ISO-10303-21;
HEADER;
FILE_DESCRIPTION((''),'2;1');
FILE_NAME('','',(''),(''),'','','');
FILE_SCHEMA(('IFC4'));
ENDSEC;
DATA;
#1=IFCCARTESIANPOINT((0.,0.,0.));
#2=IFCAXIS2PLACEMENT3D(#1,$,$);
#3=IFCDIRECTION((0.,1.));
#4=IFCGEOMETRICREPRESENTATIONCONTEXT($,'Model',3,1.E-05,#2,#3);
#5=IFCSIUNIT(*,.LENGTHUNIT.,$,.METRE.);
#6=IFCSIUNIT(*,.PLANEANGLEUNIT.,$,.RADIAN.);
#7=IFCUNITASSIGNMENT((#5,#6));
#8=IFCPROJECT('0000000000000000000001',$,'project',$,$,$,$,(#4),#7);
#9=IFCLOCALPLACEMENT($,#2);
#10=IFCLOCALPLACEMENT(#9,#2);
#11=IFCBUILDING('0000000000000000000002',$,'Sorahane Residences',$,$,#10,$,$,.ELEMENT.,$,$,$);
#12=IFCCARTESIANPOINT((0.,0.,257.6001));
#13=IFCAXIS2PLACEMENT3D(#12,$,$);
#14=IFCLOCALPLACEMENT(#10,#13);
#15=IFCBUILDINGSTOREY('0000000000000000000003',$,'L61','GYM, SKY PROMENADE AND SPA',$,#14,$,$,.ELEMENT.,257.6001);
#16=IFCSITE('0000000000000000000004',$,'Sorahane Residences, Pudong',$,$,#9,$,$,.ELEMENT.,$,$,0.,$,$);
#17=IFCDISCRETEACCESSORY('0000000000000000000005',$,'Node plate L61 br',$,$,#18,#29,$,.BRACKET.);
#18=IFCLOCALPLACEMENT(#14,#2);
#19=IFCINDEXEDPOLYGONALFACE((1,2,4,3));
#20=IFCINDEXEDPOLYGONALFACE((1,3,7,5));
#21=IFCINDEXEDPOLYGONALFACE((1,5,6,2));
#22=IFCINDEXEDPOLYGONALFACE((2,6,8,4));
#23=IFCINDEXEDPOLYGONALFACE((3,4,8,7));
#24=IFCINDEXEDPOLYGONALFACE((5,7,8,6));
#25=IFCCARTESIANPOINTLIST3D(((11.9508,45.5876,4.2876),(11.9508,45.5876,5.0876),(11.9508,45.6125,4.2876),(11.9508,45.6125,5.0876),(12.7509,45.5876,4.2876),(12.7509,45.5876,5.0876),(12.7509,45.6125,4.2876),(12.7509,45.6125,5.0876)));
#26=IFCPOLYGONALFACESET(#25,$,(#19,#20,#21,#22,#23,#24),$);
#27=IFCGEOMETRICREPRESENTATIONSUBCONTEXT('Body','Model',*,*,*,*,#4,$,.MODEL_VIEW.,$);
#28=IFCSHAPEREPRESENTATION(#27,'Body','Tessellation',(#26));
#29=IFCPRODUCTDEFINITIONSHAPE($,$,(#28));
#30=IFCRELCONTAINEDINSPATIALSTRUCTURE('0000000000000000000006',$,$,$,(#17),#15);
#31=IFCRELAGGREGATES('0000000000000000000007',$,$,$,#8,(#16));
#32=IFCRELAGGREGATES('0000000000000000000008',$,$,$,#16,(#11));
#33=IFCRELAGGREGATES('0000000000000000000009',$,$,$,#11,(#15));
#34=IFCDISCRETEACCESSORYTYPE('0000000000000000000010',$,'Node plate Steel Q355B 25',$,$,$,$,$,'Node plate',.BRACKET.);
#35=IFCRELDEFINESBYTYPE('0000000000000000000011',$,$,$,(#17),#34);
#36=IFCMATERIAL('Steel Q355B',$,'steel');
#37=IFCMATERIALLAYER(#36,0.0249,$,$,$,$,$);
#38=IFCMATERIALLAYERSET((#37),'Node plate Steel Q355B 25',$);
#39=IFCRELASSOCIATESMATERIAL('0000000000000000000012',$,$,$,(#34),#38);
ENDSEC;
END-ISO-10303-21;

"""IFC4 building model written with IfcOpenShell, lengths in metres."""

from ifc_helpers import new_model, si_unit, direction, frame, origin, origin_2d, place, context, subcontext, project, spatial, rectangle, extrude, material, layer, layer_set, type_object, element, save


model = new_model("IFC4")

# Units and contexts
model_context = context("Model", 3, precision=1e-05, world=origin(), true_north=direction((0.0, 1.0)))
body_context = subcontext(model_context, "Body", "Model", "MODEL_VIEW")
ifc_project = project(units=[si_unit("LENGTHUNIT", "METRE"), si_unit("PLANEANGLEUNIT", "RADIAN")], contexts=[model_context])

# Site, building, storey
site_placement = place(None, origin())
site = spatial("IfcSite", under=ifc_project, at=site_placement, Name="Sorahane Residences, Pudong", CompositionType="ELEMENT", RefElevation=0.0)
building_placement = place(site_placement, origin())
building = spatial("IfcBuilding", under=site, at=building_placement, Name="Sorahane Residences", CompositionType="ELEMENT")
storey_placement = place(building_placement, frame((0.0, 0.0, 257.6001)))
storey = spatial("IfcBuildingStorey", under=building, at=storey_placement, Name="L61", Description="GYM, SKY PROMENADE AND SPA", CompositionType="ELEMENT", Elevation=257.6001)

# Discrete accessory
ifc_material_1 = material(Name="Steel Q355B", Category="steel")
ifc_layer_1 = layer(ifc_material_1, 0.0249)
ifc_layer_set_1 = layer_set([ifc_layer_1], Name="Node plate Steel Q355B 25")
discrete_accessory_type = type_object("IfcDiscreteAccessoryType", Name="Node plate Steel Q355B 25", ElementType="Node plate", PredefinedType="BRACKET", material=ifc_layer_set_1)
for number, where, z_axis, x_axis, name in (
    (1, (12.3508, 45.6001, 4.2876), (0.0, 0.0, 1.0), (1.0, 0.0, 0.0), "Node plate L61 br"),
):
    element("IfcDiscreteAccessory", number, at=place(storey_placement, frame(where, z_axis=z_axis, x_axis=x_axis)), inside=storey, type_object=discrete_accessory_type, Name=name, PredefinedType="BRACKET", context=body_context, shape_type="SweptSolid", body=[
        extrude(rectangle(XDim=0.8, YDim=0.0249, at=origin_2d()), origin(), (0.0, 0.0, 1.0), 0.8),
    ])

save(model, "model.ifc")
